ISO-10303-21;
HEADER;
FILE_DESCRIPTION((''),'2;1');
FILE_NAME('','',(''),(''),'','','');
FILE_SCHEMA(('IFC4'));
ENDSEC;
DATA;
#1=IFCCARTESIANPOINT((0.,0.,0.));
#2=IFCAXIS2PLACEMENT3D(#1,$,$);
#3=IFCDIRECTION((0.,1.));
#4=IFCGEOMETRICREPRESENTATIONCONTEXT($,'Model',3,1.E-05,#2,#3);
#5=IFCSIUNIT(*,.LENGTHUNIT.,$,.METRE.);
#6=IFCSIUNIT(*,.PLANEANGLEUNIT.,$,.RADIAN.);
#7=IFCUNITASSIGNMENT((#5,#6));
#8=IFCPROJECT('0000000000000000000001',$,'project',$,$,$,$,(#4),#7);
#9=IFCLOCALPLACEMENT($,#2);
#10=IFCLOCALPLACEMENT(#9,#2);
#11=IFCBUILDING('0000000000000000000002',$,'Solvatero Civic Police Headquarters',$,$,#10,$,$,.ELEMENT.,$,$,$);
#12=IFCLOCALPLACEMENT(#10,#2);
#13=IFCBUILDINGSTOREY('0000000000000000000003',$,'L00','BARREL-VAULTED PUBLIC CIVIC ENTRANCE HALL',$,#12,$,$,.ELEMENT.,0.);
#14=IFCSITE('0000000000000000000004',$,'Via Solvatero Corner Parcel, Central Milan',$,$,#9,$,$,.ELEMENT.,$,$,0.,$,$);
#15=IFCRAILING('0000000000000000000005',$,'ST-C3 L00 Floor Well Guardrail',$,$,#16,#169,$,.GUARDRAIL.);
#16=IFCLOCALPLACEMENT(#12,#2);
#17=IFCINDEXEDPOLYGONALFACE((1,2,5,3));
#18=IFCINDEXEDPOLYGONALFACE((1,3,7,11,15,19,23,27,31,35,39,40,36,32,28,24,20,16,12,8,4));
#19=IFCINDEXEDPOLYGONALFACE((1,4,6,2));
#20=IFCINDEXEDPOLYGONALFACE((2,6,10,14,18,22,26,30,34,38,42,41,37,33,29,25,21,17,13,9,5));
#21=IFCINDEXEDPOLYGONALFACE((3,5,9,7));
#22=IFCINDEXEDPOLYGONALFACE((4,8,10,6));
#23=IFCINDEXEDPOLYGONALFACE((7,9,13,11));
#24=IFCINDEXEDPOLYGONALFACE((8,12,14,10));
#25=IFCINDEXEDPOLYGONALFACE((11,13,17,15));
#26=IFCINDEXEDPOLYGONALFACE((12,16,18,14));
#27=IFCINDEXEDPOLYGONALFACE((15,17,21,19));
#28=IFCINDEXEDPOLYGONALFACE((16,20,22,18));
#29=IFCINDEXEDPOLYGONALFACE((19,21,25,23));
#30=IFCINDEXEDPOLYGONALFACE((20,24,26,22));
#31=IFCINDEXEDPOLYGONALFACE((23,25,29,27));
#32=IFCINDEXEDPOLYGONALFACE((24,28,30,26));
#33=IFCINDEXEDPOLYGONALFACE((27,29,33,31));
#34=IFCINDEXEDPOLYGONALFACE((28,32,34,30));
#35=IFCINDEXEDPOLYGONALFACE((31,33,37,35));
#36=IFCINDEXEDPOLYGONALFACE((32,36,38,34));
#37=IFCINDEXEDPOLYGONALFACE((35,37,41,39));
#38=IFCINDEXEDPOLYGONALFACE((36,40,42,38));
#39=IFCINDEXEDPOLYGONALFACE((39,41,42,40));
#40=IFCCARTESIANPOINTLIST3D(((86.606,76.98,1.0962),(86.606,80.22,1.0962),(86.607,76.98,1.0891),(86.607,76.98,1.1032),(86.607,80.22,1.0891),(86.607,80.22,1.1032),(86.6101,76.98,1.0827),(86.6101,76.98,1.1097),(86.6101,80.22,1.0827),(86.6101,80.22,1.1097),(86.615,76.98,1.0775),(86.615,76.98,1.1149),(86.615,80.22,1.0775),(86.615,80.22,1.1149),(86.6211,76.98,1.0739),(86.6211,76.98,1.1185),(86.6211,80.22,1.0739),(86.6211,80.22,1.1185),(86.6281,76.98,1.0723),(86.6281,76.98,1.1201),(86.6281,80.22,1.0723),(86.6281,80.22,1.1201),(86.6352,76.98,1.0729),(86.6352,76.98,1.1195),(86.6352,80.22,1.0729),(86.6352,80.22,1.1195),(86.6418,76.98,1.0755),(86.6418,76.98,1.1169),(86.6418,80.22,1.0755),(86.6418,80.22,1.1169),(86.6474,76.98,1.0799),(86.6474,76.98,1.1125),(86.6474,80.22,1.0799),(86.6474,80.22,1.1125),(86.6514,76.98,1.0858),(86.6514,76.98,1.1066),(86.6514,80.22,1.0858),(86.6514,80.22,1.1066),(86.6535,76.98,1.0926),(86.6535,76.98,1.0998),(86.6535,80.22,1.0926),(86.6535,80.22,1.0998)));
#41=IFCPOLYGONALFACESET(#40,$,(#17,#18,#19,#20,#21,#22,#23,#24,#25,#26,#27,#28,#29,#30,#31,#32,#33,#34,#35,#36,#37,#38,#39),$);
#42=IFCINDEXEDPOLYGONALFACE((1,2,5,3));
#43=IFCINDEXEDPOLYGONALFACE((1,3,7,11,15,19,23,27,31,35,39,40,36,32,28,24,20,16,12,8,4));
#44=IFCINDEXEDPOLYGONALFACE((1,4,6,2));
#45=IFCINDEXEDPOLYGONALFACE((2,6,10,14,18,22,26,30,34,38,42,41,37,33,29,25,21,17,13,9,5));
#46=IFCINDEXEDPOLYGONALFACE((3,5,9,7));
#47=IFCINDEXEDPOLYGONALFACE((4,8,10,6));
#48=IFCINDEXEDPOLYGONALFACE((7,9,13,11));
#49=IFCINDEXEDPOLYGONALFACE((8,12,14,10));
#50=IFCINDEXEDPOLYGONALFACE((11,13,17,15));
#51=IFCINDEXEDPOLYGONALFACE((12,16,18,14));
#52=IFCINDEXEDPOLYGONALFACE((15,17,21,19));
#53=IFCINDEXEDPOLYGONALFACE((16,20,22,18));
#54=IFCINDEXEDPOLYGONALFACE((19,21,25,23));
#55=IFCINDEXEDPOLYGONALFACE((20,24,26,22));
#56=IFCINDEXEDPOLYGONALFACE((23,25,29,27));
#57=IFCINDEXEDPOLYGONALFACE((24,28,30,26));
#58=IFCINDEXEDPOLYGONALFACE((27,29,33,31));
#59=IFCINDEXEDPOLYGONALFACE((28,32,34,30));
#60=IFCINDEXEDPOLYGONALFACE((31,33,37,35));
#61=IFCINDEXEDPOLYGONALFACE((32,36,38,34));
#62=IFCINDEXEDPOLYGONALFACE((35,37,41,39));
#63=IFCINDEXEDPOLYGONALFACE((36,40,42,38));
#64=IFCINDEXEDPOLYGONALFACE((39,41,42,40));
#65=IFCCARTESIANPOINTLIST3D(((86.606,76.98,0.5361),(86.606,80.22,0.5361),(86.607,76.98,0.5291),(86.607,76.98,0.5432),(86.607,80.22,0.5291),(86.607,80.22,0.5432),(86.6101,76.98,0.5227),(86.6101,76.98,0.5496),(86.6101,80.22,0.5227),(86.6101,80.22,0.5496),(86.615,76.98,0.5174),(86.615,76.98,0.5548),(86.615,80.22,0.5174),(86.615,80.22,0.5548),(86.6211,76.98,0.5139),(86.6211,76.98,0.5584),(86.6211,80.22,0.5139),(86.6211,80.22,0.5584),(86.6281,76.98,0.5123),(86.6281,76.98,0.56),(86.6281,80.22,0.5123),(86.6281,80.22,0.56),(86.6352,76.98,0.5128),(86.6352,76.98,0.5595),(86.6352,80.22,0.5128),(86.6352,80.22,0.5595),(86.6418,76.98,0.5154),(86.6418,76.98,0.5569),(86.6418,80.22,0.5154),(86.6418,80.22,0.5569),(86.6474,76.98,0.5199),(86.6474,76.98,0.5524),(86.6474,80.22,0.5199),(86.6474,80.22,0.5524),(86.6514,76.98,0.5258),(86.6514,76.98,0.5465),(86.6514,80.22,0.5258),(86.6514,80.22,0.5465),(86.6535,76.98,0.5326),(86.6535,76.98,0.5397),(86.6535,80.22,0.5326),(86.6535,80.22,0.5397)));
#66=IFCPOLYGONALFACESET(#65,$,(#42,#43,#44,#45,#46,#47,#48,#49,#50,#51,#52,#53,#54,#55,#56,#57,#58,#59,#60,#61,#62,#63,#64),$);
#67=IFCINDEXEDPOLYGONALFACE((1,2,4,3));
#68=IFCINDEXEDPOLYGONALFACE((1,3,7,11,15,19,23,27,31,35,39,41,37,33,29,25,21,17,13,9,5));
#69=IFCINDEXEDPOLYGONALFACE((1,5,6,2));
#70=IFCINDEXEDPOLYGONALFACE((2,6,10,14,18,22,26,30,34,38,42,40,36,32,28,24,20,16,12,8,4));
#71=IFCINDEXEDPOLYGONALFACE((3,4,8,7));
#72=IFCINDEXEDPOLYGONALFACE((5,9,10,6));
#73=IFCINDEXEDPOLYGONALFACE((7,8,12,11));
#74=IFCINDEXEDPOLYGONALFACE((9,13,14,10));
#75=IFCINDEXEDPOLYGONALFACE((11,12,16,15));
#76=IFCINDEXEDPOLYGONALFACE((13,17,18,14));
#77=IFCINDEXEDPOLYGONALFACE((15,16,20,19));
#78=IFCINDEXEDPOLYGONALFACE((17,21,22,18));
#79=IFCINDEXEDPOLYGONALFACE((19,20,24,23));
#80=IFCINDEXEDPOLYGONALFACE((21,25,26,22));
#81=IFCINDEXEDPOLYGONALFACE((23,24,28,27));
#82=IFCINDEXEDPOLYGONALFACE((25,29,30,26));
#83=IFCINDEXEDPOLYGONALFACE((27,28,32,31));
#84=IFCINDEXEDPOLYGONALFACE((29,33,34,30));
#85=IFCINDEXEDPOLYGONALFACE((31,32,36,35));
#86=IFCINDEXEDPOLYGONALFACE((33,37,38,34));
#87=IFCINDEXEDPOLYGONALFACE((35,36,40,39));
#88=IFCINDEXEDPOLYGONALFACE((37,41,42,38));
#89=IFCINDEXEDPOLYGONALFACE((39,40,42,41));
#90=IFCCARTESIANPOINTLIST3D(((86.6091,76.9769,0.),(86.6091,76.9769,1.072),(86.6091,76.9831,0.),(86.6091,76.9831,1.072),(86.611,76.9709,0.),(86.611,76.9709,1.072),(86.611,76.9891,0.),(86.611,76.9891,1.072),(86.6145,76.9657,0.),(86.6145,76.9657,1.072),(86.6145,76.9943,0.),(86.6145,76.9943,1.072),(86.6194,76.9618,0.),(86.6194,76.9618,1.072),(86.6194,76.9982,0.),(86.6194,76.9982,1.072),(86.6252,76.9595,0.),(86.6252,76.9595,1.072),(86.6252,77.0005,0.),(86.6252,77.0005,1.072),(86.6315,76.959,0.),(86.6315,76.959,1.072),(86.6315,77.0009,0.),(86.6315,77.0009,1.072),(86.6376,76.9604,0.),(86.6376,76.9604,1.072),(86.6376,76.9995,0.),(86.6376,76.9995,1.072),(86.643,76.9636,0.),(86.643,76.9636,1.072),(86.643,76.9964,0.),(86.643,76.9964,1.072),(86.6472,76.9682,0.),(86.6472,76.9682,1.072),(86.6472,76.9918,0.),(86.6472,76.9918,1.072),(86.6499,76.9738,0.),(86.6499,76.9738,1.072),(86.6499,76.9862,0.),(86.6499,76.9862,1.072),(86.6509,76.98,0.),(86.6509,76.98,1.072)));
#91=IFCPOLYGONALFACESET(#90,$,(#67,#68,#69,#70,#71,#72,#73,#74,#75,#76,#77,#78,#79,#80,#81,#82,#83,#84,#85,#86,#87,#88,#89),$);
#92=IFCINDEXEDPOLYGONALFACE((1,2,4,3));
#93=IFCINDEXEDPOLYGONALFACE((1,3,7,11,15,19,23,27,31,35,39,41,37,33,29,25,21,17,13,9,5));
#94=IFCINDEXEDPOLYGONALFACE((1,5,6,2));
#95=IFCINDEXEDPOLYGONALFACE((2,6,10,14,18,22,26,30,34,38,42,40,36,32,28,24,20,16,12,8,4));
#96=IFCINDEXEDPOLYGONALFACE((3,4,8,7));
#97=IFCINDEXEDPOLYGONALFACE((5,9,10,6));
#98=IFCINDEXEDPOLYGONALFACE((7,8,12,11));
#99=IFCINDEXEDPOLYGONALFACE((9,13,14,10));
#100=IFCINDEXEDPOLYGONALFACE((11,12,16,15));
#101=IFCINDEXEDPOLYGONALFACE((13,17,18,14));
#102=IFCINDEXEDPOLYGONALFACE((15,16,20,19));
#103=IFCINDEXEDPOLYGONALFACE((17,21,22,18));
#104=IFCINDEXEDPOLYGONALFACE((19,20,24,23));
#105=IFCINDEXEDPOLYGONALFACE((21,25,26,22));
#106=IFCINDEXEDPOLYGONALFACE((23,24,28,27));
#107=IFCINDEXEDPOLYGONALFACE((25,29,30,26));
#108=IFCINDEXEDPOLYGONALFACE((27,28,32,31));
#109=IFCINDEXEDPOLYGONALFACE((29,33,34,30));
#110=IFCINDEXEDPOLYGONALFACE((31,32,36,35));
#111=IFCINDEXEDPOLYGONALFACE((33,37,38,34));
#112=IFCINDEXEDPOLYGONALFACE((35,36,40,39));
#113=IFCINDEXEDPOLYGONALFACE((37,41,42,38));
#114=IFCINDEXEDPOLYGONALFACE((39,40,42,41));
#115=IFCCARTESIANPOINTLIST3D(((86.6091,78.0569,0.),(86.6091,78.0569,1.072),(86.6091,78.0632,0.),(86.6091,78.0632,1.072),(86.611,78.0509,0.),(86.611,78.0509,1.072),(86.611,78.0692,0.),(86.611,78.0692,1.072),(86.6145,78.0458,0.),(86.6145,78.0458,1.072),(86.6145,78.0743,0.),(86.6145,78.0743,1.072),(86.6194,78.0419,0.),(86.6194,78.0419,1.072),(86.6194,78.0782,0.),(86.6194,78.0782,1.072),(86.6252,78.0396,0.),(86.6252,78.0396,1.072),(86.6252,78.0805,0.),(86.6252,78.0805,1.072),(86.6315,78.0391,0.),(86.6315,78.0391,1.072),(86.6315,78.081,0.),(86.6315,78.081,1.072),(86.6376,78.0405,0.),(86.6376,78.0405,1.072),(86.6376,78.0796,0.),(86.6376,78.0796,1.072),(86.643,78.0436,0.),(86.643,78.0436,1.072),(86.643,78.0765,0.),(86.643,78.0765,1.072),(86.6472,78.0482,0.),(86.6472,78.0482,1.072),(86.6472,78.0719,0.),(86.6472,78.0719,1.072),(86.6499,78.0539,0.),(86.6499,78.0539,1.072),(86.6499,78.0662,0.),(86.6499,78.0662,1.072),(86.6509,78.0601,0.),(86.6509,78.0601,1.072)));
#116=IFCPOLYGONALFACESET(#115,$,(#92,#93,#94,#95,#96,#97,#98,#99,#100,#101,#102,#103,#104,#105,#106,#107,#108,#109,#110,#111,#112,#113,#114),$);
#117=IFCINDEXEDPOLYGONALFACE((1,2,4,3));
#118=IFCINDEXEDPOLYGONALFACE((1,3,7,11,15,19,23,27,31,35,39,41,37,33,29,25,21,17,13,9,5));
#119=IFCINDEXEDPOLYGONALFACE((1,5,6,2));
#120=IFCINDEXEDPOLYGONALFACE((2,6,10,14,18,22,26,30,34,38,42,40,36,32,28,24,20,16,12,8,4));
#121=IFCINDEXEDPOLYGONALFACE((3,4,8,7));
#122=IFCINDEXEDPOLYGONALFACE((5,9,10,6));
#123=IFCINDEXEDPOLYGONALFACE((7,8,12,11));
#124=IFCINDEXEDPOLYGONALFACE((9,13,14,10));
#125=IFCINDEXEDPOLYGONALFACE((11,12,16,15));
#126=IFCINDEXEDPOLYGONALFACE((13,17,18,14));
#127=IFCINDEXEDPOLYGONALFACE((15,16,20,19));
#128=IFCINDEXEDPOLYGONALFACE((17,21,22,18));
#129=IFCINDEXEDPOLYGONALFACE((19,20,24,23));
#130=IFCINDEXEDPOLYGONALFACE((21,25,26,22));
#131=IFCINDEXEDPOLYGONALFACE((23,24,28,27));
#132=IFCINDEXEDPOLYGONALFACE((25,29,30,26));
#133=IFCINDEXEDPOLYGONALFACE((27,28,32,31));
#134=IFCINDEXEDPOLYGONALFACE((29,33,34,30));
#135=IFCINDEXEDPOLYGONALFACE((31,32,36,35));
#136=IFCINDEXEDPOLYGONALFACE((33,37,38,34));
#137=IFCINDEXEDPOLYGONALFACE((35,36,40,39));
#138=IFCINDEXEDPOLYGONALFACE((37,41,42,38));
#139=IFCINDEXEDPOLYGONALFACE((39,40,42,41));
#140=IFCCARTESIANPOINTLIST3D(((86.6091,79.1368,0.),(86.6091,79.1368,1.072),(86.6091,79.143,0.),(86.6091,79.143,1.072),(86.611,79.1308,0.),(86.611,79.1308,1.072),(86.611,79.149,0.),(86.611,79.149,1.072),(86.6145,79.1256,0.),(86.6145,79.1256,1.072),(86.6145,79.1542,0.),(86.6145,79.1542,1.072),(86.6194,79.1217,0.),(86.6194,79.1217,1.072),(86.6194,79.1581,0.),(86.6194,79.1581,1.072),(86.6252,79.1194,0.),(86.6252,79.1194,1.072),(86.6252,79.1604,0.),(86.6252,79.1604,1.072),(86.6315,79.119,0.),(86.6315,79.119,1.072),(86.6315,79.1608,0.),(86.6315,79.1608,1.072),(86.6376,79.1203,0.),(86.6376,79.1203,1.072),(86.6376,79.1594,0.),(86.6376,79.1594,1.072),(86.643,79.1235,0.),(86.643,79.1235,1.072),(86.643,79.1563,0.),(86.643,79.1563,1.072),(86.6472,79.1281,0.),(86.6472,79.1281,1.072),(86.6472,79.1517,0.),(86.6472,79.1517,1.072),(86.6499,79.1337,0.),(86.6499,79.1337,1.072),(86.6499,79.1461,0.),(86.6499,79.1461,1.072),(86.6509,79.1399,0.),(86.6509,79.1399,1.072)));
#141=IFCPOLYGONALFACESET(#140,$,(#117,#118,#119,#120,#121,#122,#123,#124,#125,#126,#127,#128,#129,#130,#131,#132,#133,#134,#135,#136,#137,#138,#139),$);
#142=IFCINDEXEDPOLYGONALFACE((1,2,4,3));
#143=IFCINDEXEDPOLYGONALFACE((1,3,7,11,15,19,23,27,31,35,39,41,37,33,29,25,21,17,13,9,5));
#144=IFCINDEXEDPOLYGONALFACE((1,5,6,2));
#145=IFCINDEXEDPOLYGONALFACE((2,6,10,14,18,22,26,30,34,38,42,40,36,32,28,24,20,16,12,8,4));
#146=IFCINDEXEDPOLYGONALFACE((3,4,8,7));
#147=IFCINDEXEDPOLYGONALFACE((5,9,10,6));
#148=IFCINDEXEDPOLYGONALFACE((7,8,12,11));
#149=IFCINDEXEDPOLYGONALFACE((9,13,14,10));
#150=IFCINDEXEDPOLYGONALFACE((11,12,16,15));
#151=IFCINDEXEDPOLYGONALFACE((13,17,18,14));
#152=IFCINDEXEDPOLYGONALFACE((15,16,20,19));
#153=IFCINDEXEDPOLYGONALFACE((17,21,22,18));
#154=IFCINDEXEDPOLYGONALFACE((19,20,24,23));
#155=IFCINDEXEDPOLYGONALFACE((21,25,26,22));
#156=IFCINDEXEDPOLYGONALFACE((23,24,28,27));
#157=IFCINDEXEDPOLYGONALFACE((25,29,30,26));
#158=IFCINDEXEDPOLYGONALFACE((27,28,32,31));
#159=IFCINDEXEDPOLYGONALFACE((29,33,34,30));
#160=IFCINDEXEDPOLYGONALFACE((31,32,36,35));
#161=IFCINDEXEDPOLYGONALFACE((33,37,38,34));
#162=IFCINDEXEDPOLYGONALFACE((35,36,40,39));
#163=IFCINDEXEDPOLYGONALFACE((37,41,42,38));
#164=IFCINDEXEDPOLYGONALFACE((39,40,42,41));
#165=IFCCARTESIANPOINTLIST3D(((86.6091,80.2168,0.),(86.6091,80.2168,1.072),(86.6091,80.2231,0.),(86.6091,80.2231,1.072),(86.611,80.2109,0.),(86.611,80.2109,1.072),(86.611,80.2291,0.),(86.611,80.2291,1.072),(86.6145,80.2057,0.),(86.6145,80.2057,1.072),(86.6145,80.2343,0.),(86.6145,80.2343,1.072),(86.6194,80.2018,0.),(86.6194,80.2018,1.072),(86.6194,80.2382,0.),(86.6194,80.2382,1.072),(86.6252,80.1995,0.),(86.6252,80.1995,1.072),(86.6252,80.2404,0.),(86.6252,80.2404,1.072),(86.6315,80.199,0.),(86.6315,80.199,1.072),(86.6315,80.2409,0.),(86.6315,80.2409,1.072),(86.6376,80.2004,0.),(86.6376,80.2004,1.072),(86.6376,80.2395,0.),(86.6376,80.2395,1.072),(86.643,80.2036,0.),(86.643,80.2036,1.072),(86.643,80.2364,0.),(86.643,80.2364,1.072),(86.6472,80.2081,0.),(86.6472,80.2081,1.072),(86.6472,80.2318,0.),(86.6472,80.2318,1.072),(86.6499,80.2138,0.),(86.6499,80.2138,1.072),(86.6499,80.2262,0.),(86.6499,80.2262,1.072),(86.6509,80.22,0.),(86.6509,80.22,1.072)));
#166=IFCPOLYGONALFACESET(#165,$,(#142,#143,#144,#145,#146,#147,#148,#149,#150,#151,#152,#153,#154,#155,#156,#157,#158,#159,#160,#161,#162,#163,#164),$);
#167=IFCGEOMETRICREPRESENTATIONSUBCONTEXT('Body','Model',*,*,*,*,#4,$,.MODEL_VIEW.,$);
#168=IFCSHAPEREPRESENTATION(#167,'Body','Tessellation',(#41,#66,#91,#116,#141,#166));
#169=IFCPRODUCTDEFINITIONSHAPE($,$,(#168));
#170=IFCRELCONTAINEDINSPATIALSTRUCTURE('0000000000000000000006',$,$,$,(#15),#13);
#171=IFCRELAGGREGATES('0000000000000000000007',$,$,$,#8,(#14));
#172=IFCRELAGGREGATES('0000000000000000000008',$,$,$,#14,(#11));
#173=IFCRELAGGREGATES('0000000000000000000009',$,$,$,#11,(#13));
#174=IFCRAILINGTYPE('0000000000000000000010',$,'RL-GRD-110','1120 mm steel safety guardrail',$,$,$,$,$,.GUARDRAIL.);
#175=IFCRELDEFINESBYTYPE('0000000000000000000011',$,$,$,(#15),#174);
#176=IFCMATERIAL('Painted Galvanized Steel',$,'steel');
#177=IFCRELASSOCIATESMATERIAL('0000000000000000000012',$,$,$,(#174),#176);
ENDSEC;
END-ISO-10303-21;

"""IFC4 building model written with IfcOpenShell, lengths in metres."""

from ifc_helpers import new_model, si_unit, direction, frame, origin, origin_2d, place, context, subcontext, project, spatial, circle, extrude, material, type_object, element, save


model = new_model("IFC4")

# Units and contexts
model_context = context("Model", 3, precision=1e-05, world=origin(), true_north=direction((0.0, 1.0)))
body_context = subcontext(model_context, "Body", "Model", "MODEL_VIEW")
ifc_project = project(units=[si_unit("LENGTHUNIT", "METRE"), si_unit("PLANEANGLEUNIT", "RADIAN")], contexts=[model_context])

# Site, building, storey
site_placement = place(None, origin())
site = spatial("IfcSite", under=ifc_project, at=site_placement, Name="Via Solvatero Corner Parcel, Central Milan", CompositionType="ELEMENT", RefElevation=0.0)
building_placement = place(site_placement, origin())
building = spatial("IfcBuilding", under=site, at=building_placement, Name="Solvatero Civic Police Headquarters", CompositionType="ELEMENT")
storey_placement = place(building_placement, origin())
storey = spatial("IfcBuildingStorey", under=building, at=storey_placement, Name="L00", Description="BARREL-VAULTED PUBLIC CIVIC ENTRANCE HALL", CompositionType="ELEMENT", Elevation=0.0)

# Railing
ifc_material_1 = material(Name="Painted Galvanized Steel", Category="steel")
railing_type_1 = type_object("IfcRailingType", Name="RL-GRD-110", Description="1120 mm steel safety guardrail", PredefinedType="GUARDRAIL", material=ifc_material_1)
railing_1_placement = place(storey_placement, frame((86.6299, 76.98, 0.0)))
element("IfcRailing", 1, at=railing_1_placement, inside=storey, type_object=railing_type_1, Name="ST-C3 L00 Floor Well Guardrail", PredefinedType="GUARDRAIL", context=body_context, shape_type="SweptSolid", body=[
    extrude(circle(Radius=0.0239, at=origin_2d()), frame((0.0, 0.0, 1.0962), z_axis=(0.0, 1.0, 0.0), x_axis=(-1.0, 0.0, 0.0)), (0.0, 0.0, 1.0), 3.24),
    extrude(circle(Radius=0.0239, at=origin_2d()), frame((0.0, 0.0, 0.5361), z_axis=(0.0, 1.0, 0.0), x_axis=(-1.0, 0.0, 0.0)), (0.0, 0.0, 1.0), 3.24),
    extrude(circle(Radius=0.021, at=origin_2d()), origin(), (0.0, 0.0, 1.0), 1.072),
    extrude(circle(Radius=0.021, at=origin_2d()), frame((0.0, 1.0801, 0.0)), (0.0, 0.0, 1.0), 1.072),
    extrude(circle(Radius=0.021, at=origin_2d()), frame((0.0, 2.1599, 0.0)), (0.0, 0.0, 1.0), 1.072),
    extrude(circle(Radius=0.021, at=origin_2d()), frame((0.0, 3.24, 0.0)), (0.0, 0.0, 1.0), 1.072),
])

save(model, "model.ifc")
